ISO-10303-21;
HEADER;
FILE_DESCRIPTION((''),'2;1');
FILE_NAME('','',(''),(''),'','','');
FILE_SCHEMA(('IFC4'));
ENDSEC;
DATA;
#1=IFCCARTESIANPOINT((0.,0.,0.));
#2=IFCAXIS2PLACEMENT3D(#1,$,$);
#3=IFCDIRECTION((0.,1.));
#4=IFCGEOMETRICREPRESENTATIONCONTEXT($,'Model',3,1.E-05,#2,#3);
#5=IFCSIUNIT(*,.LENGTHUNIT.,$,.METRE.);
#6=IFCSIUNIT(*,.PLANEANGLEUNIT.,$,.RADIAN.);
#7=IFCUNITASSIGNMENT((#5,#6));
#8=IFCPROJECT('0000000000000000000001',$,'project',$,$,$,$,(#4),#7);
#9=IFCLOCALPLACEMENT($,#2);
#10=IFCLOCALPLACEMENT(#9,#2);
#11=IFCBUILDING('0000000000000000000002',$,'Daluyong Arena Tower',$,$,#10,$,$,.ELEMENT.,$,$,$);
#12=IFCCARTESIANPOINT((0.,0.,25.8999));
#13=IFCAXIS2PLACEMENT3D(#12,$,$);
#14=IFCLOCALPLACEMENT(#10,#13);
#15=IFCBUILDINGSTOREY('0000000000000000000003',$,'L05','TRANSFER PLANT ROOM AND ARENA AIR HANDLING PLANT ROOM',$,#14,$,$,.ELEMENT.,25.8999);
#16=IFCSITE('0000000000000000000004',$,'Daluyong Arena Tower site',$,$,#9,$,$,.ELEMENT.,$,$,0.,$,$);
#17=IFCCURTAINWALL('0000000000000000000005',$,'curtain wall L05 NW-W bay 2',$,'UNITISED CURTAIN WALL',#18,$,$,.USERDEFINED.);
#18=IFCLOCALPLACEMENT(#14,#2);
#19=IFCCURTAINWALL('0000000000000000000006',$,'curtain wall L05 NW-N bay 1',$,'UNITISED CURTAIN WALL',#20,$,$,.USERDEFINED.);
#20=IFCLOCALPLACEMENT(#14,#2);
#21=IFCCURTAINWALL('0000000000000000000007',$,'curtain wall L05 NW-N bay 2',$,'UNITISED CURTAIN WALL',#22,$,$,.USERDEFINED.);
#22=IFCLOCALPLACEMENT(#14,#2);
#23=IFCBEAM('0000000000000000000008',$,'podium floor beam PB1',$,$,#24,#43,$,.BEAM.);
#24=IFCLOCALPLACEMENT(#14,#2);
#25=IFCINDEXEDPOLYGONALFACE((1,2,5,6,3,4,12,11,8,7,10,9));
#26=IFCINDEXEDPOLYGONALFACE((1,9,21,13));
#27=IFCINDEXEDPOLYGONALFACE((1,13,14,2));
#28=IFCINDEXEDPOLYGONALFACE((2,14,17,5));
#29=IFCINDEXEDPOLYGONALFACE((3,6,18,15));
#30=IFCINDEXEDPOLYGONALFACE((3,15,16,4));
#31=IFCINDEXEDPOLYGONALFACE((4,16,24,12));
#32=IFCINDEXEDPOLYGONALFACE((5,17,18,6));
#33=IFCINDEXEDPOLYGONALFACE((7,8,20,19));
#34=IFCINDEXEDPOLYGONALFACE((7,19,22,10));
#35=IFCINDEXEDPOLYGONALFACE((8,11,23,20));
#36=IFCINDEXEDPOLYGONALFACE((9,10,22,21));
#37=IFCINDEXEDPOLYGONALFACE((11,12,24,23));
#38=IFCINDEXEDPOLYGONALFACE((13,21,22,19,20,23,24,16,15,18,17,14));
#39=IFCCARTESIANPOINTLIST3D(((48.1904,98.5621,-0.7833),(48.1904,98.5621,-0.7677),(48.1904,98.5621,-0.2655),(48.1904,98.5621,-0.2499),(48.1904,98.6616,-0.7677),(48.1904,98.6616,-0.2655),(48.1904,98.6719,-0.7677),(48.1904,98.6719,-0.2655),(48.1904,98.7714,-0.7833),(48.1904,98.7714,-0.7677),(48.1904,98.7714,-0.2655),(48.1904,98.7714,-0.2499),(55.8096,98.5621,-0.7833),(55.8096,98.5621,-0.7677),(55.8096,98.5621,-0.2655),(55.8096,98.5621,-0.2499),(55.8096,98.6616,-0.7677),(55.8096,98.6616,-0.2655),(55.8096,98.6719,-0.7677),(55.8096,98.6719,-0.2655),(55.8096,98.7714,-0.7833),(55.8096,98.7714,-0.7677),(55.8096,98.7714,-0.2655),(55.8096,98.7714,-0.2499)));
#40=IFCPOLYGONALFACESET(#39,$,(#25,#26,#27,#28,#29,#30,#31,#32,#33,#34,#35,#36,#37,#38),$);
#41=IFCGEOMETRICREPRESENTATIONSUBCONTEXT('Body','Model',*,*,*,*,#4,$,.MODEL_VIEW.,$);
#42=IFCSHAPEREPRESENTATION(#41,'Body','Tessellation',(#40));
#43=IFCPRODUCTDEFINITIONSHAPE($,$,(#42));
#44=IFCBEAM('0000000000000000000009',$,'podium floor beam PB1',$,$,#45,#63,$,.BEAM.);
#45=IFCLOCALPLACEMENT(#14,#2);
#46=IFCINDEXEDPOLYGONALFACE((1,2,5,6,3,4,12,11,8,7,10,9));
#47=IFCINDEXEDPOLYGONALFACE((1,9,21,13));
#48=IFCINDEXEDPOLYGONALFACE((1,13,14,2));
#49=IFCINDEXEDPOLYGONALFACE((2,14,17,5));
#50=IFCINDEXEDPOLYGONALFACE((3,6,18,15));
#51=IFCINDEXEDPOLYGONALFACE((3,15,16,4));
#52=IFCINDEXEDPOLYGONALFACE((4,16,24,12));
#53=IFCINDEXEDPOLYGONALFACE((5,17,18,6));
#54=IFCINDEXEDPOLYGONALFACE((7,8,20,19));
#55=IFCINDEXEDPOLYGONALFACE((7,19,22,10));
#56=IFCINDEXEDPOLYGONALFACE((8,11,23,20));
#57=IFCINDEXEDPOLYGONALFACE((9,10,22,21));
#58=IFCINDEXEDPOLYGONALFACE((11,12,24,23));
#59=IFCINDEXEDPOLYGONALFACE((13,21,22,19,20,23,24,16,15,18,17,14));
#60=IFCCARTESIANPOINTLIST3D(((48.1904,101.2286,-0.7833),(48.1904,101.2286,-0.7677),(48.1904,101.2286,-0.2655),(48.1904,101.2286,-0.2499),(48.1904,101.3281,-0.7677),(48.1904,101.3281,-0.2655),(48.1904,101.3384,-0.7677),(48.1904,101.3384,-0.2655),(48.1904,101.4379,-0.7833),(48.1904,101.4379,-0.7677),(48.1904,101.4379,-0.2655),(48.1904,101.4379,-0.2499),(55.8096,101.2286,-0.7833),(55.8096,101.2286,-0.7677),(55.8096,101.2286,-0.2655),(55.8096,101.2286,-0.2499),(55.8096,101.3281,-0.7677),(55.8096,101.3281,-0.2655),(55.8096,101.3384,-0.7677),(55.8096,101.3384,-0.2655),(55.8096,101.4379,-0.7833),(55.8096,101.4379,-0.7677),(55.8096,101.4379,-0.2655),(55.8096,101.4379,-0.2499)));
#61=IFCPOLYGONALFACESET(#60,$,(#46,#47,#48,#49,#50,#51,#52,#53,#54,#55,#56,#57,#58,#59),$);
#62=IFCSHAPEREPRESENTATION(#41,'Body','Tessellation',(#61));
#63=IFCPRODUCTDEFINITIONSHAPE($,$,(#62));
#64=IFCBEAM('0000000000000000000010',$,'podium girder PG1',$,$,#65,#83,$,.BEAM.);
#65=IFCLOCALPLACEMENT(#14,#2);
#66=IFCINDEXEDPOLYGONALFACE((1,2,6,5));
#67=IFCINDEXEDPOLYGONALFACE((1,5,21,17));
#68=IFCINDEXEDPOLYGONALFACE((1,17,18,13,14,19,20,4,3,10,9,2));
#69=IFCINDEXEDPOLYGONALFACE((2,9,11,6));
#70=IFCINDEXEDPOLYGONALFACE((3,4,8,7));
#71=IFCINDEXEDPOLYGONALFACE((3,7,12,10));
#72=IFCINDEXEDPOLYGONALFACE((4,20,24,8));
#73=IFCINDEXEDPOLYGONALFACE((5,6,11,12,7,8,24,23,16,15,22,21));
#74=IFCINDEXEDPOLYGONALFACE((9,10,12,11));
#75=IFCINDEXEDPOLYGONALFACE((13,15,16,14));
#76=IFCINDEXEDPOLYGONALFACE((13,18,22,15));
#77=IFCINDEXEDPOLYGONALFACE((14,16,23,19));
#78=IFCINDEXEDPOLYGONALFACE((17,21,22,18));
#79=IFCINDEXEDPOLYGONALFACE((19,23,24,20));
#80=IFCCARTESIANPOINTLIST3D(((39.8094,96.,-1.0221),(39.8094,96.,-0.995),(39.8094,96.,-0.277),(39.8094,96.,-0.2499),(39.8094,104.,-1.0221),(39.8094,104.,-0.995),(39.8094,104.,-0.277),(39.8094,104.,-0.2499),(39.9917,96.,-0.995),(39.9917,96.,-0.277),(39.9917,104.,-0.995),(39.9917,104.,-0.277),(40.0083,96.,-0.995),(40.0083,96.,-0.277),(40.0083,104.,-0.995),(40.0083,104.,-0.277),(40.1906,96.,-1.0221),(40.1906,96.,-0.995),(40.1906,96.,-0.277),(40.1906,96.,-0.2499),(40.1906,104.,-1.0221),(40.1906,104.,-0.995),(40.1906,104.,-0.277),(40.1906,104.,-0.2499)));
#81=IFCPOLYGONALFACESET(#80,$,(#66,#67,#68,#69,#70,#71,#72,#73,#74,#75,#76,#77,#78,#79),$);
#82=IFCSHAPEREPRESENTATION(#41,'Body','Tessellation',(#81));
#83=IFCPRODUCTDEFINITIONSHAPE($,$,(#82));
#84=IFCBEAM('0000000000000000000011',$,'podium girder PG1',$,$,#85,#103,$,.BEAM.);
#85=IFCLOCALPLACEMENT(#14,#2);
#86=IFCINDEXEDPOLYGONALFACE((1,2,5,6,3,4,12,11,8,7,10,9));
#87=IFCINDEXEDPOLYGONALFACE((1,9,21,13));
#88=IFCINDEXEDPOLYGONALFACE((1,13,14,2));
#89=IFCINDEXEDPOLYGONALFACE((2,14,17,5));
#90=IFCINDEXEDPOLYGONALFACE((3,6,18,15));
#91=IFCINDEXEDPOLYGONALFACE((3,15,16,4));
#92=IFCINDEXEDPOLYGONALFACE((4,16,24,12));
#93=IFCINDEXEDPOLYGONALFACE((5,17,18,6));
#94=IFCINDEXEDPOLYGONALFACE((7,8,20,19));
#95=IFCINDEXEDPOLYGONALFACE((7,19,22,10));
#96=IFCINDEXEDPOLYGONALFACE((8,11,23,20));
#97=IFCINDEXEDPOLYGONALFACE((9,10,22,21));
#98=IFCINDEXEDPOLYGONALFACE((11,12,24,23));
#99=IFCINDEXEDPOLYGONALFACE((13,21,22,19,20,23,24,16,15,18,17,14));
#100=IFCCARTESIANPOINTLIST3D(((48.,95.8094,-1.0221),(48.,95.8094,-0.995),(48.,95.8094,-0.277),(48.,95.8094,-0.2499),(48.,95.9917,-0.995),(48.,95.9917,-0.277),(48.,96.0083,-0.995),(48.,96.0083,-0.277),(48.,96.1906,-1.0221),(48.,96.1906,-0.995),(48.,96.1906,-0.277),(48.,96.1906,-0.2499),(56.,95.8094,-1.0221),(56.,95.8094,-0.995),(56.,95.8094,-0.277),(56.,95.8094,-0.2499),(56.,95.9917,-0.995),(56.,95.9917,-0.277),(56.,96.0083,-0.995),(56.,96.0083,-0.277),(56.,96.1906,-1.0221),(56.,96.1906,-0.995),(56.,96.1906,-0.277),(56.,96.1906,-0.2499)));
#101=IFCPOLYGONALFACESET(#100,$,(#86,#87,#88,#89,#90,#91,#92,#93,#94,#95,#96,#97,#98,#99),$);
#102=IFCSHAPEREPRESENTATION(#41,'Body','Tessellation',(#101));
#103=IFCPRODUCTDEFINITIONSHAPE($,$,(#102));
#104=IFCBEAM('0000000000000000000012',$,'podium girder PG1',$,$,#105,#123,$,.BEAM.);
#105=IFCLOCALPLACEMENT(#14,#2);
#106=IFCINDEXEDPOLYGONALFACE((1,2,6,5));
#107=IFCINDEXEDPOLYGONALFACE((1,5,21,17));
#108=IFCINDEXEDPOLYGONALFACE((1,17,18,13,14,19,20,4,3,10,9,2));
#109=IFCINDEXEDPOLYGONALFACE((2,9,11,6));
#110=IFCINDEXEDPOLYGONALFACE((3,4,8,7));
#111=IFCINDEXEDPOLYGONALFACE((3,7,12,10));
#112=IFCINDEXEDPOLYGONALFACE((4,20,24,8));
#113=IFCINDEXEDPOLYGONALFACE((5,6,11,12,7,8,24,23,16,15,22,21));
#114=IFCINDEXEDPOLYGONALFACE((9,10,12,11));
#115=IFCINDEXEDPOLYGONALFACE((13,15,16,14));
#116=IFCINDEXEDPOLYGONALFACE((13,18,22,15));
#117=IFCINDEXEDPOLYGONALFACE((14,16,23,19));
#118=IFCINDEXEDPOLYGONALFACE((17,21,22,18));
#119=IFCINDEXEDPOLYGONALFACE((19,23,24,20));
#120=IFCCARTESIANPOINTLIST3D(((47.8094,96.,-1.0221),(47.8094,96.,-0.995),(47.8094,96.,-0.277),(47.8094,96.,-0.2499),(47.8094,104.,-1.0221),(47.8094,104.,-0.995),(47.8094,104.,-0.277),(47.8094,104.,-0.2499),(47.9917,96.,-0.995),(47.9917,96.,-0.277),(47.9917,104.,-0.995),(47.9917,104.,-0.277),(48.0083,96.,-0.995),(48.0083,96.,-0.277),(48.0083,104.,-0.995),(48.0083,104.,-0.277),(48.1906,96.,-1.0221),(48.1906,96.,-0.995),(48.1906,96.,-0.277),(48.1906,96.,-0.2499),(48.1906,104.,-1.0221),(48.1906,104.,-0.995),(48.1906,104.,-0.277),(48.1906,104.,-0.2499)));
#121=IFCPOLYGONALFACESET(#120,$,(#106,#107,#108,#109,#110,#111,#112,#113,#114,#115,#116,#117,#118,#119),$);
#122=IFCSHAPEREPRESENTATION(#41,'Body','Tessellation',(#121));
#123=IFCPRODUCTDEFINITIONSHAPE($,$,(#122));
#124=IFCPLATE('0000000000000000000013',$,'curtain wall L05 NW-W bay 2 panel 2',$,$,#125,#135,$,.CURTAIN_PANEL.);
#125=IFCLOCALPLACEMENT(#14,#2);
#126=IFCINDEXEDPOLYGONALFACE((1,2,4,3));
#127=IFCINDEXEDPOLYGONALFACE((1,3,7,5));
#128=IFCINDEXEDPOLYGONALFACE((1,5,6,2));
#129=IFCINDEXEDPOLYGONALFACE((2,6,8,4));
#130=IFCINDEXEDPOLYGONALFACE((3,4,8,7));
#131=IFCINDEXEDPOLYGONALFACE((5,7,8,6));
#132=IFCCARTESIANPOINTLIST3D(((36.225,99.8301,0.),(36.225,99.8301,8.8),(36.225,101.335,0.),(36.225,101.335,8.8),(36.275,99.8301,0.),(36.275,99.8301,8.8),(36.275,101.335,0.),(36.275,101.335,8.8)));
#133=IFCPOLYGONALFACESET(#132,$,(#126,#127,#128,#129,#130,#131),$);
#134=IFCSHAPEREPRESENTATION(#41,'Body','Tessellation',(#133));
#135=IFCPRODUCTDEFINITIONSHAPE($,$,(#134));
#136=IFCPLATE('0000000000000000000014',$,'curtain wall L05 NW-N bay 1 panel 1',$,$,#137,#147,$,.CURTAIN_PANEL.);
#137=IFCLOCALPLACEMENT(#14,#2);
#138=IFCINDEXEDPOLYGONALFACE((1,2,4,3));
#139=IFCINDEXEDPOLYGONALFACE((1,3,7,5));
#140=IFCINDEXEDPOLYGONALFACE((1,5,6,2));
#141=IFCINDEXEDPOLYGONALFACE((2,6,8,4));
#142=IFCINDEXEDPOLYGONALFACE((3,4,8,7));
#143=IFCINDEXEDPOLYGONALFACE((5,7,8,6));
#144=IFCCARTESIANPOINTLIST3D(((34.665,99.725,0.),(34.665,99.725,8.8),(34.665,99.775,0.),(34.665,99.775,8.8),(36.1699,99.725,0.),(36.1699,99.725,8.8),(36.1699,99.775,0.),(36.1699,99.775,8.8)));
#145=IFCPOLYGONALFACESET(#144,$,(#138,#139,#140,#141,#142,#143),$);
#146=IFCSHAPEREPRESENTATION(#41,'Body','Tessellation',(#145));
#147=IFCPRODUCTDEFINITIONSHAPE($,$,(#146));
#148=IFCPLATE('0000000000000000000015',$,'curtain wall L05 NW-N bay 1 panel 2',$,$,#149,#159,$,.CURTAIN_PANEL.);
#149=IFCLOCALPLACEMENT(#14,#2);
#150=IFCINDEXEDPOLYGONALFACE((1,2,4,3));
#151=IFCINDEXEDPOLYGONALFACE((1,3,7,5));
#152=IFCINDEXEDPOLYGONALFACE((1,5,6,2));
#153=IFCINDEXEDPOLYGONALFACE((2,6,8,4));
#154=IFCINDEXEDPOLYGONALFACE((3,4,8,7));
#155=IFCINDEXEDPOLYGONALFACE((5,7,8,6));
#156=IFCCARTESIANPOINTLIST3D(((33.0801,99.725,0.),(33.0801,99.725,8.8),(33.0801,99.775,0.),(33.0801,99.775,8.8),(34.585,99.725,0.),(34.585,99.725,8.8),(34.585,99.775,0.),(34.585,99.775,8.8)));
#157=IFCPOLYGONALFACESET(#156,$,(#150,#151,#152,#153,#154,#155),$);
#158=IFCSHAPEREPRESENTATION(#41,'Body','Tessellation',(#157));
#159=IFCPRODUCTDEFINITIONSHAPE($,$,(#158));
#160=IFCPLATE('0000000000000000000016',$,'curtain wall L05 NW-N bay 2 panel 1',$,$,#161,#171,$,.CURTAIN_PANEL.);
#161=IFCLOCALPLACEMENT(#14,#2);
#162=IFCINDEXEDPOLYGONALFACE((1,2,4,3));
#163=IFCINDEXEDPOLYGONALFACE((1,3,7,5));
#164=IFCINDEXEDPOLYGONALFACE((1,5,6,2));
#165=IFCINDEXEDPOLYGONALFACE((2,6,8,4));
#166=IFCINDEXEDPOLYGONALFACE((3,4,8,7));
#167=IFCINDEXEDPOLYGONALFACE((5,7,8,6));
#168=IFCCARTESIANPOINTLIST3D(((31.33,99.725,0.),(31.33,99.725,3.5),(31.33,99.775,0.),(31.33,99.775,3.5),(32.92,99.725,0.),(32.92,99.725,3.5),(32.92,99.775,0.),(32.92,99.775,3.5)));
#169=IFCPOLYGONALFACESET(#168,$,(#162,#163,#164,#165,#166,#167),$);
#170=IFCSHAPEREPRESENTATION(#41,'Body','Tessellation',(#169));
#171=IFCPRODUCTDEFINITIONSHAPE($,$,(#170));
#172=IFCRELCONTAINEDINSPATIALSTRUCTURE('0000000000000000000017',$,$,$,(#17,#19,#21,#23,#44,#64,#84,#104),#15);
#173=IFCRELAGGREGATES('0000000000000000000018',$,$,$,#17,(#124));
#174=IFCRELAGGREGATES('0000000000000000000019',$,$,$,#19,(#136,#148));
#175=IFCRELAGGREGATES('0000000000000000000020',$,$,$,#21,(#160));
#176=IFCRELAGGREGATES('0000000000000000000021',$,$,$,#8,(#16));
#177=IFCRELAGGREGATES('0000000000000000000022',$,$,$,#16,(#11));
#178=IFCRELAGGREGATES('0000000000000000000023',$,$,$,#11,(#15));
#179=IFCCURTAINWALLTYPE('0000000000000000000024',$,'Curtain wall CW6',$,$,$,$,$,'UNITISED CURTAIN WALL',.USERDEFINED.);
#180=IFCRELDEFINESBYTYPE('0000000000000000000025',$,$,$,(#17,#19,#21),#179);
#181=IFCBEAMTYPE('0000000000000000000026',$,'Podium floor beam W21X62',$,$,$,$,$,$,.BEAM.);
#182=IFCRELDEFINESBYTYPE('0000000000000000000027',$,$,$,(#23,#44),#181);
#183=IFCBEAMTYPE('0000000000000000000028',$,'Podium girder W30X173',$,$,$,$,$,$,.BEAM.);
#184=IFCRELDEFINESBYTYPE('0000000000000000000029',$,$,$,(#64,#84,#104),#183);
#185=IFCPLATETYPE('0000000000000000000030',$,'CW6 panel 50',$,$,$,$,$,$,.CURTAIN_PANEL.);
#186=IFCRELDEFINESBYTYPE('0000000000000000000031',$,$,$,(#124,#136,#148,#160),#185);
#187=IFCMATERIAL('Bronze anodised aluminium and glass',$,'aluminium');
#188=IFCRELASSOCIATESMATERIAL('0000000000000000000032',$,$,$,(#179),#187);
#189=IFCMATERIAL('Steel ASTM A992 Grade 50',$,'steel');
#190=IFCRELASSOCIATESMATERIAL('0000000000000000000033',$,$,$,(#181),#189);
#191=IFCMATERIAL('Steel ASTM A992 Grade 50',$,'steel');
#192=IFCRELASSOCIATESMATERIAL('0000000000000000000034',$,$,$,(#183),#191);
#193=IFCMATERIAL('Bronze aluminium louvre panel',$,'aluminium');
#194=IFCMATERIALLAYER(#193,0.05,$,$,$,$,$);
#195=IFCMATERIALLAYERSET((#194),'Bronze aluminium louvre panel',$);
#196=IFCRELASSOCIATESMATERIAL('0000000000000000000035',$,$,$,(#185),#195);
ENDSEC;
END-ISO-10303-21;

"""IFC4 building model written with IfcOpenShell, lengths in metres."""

from ifc_helpers import new_model, si_unit, direction, frame, origin, origin_2d, place, context, subcontext, project, spatial, rectangle, i_section, extrude, material, layer, layer_set, material_profile, profile_set, type_object, element, aggregate, save


model = new_model("IFC4")

# Units and contexts
model_context = context("Model", 3, precision=1e-05, world=origin(), true_north=direction((0.0, 1.0)))
body_context = subcontext(model_context, "Body", "Model", "MODEL_VIEW")
ifc_project = project(units=[si_unit("LENGTHUNIT", "METRE"), si_unit("PLANEANGLEUNIT", "RADIAN")], contexts=[model_context])

# Site, building, storey
site_placement = place(None, origin())
site = spatial("IfcSite", under=ifc_project, at=site_placement, Name="Daluyong Arena Tower site", CompositionType="ELEMENT", RefElevation=0.0)
building_placement = place(site_placement, origin())
building = spatial("IfcBuilding", under=site, at=building_placement, Name="Daluyong Arena Tower", CompositionType="ELEMENT")
storey_placement = place(building_placement, frame((0.0, 0.0, 25.8999)))
storey = spatial("IfcBuildingStorey", under=building, at=storey_placement, Name="L05", Description="TRANSFER PLANT ROOM AND ARENA AIR HANDLING PLANT ROOM", CompositionType="ELEMENT", Elevation=25.8999)

# Curtain wall
ifc_material_1 = material(Name="Bronze anodised aluminium and glass", Category="aluminium")
curtain_wall_type = type_object("IfcCurtainWallType", Name="Curtain wall CW6", ElementType="UNITISED CURTAIN WALL", PredefinedType="USERDEFINED", material=ifc_material_1)
curtain_wall_1_placement = place(storey_placement, origin())
curtain_wall_1 = element("IfcCurtainWall", 1, at=curtain_wall_1_placement, inside=storey, type_object=curtain_wall_type, Name="curtain wall L05 NW-W bay 2", ObjectType="UNITISED CURTAIN WALL", PredefinedType="USERDEFINED")

# Curtain wall
curtain_wall_2_placement = place(storey_placement, origin())
curtain_wall_2 = element("IfcCurtainWall", 2, at=curtain_wall_2_placement, inside=storey, type_object=curtain_wall_type, Name="curtain wall L05 NW-N bay 1", ObjectType="UNITISED CURTAIN WALL", PredefinedType="USERDEFINED")

# Curtain wall
curtain_wall_3_placement = place(storey_placement, origin())
curtain_wall_3 = element("IfcCurtainWall", 3, at=curtain_wall_3_placement, inside=storey, type_object=curtain_wall_type, Name="curtain wall L05 NW-N bay 2", ObjectType="UNITISED CURTAIN WALL", PredefinedType="USERDEFINED")

# Beams
ifc_material_2 = material(Name="Steel ASTM A992 Grade 50", Category="steel")
ifc_material_profile_1 = material_profile(ifc_material_2, i_section(OverallWidth=0.2092, OverallDepth=0.5334, WebThickness=0.0103, FlangeThickness=0.0156, at=origin_2d()))
ifc_profile_set_1 = profile_set([ifc_material_profile_1], Name="Steel ASTM A992 Grade 50")
beam_type_1 = type_object("IfcBeamType", Name="Podium floor beam W21X62", PredefinedType="BEAM", material=ifc_profile_set_1)
for number, where, z_axis, x_axis, name in (
    (4, (48.1904, 98.6667, -0.5166), (1.0, 0.0, 0.0), (0.0, 1.0, 0.0), "podium floor beam PB1"),
    (5, (48.1904, 101.3333, -0.5166), (1.0, 0.0, 0.0), (0.0, 1.0, 0.0), "podium floor beam PB1"),
):
    element("IfcBeam", number, at=place(storey_placement, frame(where, z_axis=z_axis, x_axis=x_axis)), inside=storey, type_object=beam_type_1, Name=name, PredefinedType="BEAM", context=body_context, shape_type="SweptSolid", body=[
        extrude(i_section(OverallWidth=0.2092, OverallDepth=0.5334, WebThickness=0.0103, FlangeThickness=0.0156, at=origin_2d()), origin(), (0.0, 0.0, 1.0), 7.6191),
    ])
ifc_material_3 = material(Name="Steel ASTM A992 Grade 50", Category="steel")
ifc_material_profile_2 = material_profile(ifc_material_3, i_section(OverallWidth=0.3811, OverallDepth=0.7722, WebThickness=0.0166, FlangeThickness=0.0271, at=origin_2d()))
ifc_profile_set_2 = profile_set([ifc_material_profile_2], Name="Steel ASTM A992 Grade 50")
beam_type_2 = type_object("IfcBeamType", Name="Podium girder W30X173", PredefinedType="BEAM", material=ifc_profile_set_2)
for number, where, z_axis, x_axis, name in (
    (6, (40.0, 96.0, -0.636), (0.0, 1.0, 0.0), (-1.0, 0.0, 0.0), "podium girder PG1"),
    (7, (48.0, 96.0, -0.636), (1.0, 0.0, 0.0), (0.0, 1.0, 0.0), "podium girder PG1"),
    (8, (48.0, 96.0, -0.636), (0.0, 1.0, 0.0), (-1.0, 0.0, 0.0), "podium girder PG1"),
):
    element("IfcBeam", number, at=place(storey_placement, frame(where, z_axis=z_axis, x_axis=x_axis)), inside=storey, type_object=beam_type_2, Name=name, PredefinedType="BEAM", context=body_context, shape_type="SweptSolid", body=[
        extrude(i_section(OverallWidth=0.3811, OverallDepth=0.7722, WebThickness=0.0166, FlangeThickness=0.0271, at=origin_2d()), origin(), (0.0, 0.0, 1.0), 8.0),
    ])

# Plates
ifc_material_4 = material(Name="Bronze aluminium louvre panel", Category="aluminium")
ifc_layer = layer(ifc_material_4, 0.05)
ifc_layer_set = layer_set([ifc_layer], Name="Bronze aluminium louvre panel")
plate_type = type_object("IfcPlateType", Name="CW6 panel 50", PredefinedType="CURTAIN_PANEL", material=ifc_layer_set)
plate_1_placement = place(storey_placement, frame((36.25, 100.5825, 0.0), z_axis=(0.0, 0.0, 1.0), x_axis=(0.0, -1.0, 0.0)))
plate_1 = element("IfcPlate", 9, at=plate_1_placement, type_object=plate_type, Name="curtain wall L05 NW-W bay 2 panel 2", PredefinedType="CURTAIN_PANEL", context=body_context, shape_type="SweptSolid", body=[
    extrude(rectangle(XDim=1.5049, YDim=0.05, at=origin_2d()), origin(), (0.0, 0.0, 1.0), 8.8),
])
aggregate(curtain_wall_1, [plate_1])
plate_2_placement = place(storey_placement, frame((35.4175, 99.75, 0.0), z_axis=(0.0, 0.0, 1.0), x_axis=(-1.0, 0.0, 0.0)))
plate_2 = element("IfcPlate", 10, at=plate_2_placement, type_object=plate_type, Name="curtain wall L05 NW-N bay 1 panel 1", PredefinedType="CURTAIN_PANEL", context=body_context, shape_type="SweptSolid", body=[
    extrude(rectangle(XDim=1.5049, YDim=0.05, at=origin_2d()), origin(), (0.0, 0.0, 1.0), 8.8),
])
plate_3_placement = place(storey_placement, frame((33.8325, 99.75, 0.0), z_axis=(0.0, 0.0, 1.0), x_axis=(-1.0, 0.0, 0.0)))
plate_3 = element("IfcPlate", 11, at=plate_3_placement, type_object=plate_type, Name="curtain wall L05 NW-N bay 1 panel 2", PredefinedType="CURTAIN_PANEL", context=body_context, shape_type="SweptSolid", body=[
    extrude(rectangle(XDim=1.5049, YDim=0.05, at=origin_2d()), origin(), (0.0, 0.0, 1.0), 8.8),
])
aggregate(curtain_wall_2, [plate_2, plate_3])
plate_4_placement = place(storey_placement, frame((32.125, 99.75, 0.0), z_axis=(0.0, 0.0, 1.0), x_axis=(-1.0, 0.0, 0.0)))
plate_4 = element("IfcPlate", 12, at=plate_4_placement, type_object=plate_type, Name="curtain wall L05 NW-N bay 2 panel 1", PredefinedType="CURTAIN_PANEL", context=body_context, shape_type="SweptSolid", body=[
    extrude(rectangle(XDim=1.5901, YDim=0.05, at=origin_2d()), origin(), (0.0, 0.0, 1.0), 3.5),
])
aggregate(curtain_wall_3, [plate_4])

save(model, "model.ifc")
